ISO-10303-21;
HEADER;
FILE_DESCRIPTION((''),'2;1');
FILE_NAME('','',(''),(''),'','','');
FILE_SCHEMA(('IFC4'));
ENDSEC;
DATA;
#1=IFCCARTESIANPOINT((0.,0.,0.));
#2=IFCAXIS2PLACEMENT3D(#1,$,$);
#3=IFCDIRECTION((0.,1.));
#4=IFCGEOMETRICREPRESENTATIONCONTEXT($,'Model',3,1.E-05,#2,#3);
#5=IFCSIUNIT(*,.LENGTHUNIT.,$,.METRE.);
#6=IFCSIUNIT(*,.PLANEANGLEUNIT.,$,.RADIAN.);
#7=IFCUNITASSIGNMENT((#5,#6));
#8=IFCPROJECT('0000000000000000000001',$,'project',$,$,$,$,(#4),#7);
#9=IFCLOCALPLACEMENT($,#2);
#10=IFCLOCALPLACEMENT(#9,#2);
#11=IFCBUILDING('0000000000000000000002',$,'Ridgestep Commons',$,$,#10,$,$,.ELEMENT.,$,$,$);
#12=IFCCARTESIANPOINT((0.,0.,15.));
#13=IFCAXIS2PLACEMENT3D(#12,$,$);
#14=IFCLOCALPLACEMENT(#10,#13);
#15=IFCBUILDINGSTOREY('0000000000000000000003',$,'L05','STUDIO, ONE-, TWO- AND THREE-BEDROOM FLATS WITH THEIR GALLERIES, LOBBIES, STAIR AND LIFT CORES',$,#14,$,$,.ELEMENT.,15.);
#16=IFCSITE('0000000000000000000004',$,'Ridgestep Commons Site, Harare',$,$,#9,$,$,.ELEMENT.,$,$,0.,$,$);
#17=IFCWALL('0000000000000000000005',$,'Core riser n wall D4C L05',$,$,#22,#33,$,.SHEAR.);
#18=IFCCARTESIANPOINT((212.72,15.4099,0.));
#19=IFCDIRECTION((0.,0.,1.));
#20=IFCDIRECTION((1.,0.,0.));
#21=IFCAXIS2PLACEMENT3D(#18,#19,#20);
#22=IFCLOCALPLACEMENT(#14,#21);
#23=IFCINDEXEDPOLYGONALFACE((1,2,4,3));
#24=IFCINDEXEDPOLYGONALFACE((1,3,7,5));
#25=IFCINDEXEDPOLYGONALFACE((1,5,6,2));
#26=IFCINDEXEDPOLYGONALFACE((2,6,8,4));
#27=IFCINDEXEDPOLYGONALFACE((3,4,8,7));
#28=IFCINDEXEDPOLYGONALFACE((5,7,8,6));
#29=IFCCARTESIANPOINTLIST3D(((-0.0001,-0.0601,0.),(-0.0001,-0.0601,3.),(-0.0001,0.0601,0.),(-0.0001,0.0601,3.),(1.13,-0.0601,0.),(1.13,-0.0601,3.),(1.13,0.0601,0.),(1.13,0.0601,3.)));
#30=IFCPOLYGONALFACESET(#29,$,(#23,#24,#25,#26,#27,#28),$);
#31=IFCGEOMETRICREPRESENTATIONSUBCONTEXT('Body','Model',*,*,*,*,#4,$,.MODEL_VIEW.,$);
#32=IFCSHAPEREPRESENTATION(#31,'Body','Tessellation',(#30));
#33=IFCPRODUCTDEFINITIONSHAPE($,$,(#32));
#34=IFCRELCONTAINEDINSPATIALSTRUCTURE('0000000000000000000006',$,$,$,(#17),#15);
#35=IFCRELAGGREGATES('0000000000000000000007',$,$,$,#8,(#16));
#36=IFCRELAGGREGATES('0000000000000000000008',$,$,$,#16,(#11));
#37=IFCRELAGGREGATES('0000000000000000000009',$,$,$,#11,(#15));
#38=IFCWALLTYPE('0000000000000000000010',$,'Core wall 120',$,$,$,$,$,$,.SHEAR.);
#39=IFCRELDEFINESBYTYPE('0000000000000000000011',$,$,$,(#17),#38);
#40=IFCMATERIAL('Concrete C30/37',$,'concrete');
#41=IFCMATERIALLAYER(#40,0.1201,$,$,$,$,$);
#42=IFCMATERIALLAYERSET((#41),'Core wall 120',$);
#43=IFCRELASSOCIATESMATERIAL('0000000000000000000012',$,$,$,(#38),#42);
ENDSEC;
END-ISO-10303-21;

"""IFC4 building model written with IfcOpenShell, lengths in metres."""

from ifc_helpers import new_model, si_unit, direction, frame, frame_2d, origin, place, context, subcontext, project, spatial, rectangle, extrude, material, layer, layer_set, type_object, element, save


model = new_model("IFC4")

# Units and contexts
model_context = context("Model", 3, precision=1e-05, world=origin(), true_north=direction((0.0, 1.0)))
body_context = subcontext(model_context, "Body", "Model", "MODEL_VIEW")
ifc_project = project(units=[si_unit("LENGTHUNIT", "METRE"), si_unit("PLANEANGLEUNIT", "RADIAN")], contexts=[model_context])

# Site, building, storey
site_placement = place(None, origin())
site = spatial("IfcSite", under=ifc_project, at=site_placement, Name="Ridgestep Commons Site, Harare", CompositionType="ELEMENT", RefElevation=0.0)
building_placement = place(site_placement, origin())
building = spatial("IfcBuilding", under=site, at=building_placement, Name="Ridgestep Commons", CompositionType="ELEMENT")
storey_placement = place(building_placement, frame((0.0, 0.0, 15.0)))
storey = spatial("IfcBuildingStorey", under=building, at=storey_placement, Name="L05", Description="STUDIO, ONE-, TWO- AND THREE-BEDROOM FLATS WITH THEIR GALLERIES, LOBBIES, STAIR AND LIFT CORES", CompositionType="ELEMENT", Elevation=15.0)

# Shared definitions
ifc_material_1 = material(Name="Concrete C30/37", Category="concrete")
ifc_layer_1 = layer(ifc_material_1, 0.1201)
ifc_layer_set_1 = layer_set([ifc_layer_1], Name="Core wall 120")
wall_type_1 = type_object("IfcWallType", Name="Core wall 120", PredefinedType="SHEAR", material=ifc_layer_set_1)

# Wall
wall_1_placement = place(storey_placement, frame((212.72, 15.4099, 0.0), z_axis=(0.0, 0.0, 1.0), x_axis=(1.0, 0.0, 0.0)))
element("IfcWall", 1, at=wall_1_placement, inside=storey, type_object=wall_type_1, Name="Core riser n wall D4C L05", PredefinedType="SHEAR", context=body_context, shape_type="SweptSolid", body=[
    extrude(rectangle(XDim=1.1301, YDim=0.1201, at=frame_2d((0.5649, 0.0))), origin(), (0.0, 0.0, 1.0), 3.0),
])

save(model, "model.ifc")
